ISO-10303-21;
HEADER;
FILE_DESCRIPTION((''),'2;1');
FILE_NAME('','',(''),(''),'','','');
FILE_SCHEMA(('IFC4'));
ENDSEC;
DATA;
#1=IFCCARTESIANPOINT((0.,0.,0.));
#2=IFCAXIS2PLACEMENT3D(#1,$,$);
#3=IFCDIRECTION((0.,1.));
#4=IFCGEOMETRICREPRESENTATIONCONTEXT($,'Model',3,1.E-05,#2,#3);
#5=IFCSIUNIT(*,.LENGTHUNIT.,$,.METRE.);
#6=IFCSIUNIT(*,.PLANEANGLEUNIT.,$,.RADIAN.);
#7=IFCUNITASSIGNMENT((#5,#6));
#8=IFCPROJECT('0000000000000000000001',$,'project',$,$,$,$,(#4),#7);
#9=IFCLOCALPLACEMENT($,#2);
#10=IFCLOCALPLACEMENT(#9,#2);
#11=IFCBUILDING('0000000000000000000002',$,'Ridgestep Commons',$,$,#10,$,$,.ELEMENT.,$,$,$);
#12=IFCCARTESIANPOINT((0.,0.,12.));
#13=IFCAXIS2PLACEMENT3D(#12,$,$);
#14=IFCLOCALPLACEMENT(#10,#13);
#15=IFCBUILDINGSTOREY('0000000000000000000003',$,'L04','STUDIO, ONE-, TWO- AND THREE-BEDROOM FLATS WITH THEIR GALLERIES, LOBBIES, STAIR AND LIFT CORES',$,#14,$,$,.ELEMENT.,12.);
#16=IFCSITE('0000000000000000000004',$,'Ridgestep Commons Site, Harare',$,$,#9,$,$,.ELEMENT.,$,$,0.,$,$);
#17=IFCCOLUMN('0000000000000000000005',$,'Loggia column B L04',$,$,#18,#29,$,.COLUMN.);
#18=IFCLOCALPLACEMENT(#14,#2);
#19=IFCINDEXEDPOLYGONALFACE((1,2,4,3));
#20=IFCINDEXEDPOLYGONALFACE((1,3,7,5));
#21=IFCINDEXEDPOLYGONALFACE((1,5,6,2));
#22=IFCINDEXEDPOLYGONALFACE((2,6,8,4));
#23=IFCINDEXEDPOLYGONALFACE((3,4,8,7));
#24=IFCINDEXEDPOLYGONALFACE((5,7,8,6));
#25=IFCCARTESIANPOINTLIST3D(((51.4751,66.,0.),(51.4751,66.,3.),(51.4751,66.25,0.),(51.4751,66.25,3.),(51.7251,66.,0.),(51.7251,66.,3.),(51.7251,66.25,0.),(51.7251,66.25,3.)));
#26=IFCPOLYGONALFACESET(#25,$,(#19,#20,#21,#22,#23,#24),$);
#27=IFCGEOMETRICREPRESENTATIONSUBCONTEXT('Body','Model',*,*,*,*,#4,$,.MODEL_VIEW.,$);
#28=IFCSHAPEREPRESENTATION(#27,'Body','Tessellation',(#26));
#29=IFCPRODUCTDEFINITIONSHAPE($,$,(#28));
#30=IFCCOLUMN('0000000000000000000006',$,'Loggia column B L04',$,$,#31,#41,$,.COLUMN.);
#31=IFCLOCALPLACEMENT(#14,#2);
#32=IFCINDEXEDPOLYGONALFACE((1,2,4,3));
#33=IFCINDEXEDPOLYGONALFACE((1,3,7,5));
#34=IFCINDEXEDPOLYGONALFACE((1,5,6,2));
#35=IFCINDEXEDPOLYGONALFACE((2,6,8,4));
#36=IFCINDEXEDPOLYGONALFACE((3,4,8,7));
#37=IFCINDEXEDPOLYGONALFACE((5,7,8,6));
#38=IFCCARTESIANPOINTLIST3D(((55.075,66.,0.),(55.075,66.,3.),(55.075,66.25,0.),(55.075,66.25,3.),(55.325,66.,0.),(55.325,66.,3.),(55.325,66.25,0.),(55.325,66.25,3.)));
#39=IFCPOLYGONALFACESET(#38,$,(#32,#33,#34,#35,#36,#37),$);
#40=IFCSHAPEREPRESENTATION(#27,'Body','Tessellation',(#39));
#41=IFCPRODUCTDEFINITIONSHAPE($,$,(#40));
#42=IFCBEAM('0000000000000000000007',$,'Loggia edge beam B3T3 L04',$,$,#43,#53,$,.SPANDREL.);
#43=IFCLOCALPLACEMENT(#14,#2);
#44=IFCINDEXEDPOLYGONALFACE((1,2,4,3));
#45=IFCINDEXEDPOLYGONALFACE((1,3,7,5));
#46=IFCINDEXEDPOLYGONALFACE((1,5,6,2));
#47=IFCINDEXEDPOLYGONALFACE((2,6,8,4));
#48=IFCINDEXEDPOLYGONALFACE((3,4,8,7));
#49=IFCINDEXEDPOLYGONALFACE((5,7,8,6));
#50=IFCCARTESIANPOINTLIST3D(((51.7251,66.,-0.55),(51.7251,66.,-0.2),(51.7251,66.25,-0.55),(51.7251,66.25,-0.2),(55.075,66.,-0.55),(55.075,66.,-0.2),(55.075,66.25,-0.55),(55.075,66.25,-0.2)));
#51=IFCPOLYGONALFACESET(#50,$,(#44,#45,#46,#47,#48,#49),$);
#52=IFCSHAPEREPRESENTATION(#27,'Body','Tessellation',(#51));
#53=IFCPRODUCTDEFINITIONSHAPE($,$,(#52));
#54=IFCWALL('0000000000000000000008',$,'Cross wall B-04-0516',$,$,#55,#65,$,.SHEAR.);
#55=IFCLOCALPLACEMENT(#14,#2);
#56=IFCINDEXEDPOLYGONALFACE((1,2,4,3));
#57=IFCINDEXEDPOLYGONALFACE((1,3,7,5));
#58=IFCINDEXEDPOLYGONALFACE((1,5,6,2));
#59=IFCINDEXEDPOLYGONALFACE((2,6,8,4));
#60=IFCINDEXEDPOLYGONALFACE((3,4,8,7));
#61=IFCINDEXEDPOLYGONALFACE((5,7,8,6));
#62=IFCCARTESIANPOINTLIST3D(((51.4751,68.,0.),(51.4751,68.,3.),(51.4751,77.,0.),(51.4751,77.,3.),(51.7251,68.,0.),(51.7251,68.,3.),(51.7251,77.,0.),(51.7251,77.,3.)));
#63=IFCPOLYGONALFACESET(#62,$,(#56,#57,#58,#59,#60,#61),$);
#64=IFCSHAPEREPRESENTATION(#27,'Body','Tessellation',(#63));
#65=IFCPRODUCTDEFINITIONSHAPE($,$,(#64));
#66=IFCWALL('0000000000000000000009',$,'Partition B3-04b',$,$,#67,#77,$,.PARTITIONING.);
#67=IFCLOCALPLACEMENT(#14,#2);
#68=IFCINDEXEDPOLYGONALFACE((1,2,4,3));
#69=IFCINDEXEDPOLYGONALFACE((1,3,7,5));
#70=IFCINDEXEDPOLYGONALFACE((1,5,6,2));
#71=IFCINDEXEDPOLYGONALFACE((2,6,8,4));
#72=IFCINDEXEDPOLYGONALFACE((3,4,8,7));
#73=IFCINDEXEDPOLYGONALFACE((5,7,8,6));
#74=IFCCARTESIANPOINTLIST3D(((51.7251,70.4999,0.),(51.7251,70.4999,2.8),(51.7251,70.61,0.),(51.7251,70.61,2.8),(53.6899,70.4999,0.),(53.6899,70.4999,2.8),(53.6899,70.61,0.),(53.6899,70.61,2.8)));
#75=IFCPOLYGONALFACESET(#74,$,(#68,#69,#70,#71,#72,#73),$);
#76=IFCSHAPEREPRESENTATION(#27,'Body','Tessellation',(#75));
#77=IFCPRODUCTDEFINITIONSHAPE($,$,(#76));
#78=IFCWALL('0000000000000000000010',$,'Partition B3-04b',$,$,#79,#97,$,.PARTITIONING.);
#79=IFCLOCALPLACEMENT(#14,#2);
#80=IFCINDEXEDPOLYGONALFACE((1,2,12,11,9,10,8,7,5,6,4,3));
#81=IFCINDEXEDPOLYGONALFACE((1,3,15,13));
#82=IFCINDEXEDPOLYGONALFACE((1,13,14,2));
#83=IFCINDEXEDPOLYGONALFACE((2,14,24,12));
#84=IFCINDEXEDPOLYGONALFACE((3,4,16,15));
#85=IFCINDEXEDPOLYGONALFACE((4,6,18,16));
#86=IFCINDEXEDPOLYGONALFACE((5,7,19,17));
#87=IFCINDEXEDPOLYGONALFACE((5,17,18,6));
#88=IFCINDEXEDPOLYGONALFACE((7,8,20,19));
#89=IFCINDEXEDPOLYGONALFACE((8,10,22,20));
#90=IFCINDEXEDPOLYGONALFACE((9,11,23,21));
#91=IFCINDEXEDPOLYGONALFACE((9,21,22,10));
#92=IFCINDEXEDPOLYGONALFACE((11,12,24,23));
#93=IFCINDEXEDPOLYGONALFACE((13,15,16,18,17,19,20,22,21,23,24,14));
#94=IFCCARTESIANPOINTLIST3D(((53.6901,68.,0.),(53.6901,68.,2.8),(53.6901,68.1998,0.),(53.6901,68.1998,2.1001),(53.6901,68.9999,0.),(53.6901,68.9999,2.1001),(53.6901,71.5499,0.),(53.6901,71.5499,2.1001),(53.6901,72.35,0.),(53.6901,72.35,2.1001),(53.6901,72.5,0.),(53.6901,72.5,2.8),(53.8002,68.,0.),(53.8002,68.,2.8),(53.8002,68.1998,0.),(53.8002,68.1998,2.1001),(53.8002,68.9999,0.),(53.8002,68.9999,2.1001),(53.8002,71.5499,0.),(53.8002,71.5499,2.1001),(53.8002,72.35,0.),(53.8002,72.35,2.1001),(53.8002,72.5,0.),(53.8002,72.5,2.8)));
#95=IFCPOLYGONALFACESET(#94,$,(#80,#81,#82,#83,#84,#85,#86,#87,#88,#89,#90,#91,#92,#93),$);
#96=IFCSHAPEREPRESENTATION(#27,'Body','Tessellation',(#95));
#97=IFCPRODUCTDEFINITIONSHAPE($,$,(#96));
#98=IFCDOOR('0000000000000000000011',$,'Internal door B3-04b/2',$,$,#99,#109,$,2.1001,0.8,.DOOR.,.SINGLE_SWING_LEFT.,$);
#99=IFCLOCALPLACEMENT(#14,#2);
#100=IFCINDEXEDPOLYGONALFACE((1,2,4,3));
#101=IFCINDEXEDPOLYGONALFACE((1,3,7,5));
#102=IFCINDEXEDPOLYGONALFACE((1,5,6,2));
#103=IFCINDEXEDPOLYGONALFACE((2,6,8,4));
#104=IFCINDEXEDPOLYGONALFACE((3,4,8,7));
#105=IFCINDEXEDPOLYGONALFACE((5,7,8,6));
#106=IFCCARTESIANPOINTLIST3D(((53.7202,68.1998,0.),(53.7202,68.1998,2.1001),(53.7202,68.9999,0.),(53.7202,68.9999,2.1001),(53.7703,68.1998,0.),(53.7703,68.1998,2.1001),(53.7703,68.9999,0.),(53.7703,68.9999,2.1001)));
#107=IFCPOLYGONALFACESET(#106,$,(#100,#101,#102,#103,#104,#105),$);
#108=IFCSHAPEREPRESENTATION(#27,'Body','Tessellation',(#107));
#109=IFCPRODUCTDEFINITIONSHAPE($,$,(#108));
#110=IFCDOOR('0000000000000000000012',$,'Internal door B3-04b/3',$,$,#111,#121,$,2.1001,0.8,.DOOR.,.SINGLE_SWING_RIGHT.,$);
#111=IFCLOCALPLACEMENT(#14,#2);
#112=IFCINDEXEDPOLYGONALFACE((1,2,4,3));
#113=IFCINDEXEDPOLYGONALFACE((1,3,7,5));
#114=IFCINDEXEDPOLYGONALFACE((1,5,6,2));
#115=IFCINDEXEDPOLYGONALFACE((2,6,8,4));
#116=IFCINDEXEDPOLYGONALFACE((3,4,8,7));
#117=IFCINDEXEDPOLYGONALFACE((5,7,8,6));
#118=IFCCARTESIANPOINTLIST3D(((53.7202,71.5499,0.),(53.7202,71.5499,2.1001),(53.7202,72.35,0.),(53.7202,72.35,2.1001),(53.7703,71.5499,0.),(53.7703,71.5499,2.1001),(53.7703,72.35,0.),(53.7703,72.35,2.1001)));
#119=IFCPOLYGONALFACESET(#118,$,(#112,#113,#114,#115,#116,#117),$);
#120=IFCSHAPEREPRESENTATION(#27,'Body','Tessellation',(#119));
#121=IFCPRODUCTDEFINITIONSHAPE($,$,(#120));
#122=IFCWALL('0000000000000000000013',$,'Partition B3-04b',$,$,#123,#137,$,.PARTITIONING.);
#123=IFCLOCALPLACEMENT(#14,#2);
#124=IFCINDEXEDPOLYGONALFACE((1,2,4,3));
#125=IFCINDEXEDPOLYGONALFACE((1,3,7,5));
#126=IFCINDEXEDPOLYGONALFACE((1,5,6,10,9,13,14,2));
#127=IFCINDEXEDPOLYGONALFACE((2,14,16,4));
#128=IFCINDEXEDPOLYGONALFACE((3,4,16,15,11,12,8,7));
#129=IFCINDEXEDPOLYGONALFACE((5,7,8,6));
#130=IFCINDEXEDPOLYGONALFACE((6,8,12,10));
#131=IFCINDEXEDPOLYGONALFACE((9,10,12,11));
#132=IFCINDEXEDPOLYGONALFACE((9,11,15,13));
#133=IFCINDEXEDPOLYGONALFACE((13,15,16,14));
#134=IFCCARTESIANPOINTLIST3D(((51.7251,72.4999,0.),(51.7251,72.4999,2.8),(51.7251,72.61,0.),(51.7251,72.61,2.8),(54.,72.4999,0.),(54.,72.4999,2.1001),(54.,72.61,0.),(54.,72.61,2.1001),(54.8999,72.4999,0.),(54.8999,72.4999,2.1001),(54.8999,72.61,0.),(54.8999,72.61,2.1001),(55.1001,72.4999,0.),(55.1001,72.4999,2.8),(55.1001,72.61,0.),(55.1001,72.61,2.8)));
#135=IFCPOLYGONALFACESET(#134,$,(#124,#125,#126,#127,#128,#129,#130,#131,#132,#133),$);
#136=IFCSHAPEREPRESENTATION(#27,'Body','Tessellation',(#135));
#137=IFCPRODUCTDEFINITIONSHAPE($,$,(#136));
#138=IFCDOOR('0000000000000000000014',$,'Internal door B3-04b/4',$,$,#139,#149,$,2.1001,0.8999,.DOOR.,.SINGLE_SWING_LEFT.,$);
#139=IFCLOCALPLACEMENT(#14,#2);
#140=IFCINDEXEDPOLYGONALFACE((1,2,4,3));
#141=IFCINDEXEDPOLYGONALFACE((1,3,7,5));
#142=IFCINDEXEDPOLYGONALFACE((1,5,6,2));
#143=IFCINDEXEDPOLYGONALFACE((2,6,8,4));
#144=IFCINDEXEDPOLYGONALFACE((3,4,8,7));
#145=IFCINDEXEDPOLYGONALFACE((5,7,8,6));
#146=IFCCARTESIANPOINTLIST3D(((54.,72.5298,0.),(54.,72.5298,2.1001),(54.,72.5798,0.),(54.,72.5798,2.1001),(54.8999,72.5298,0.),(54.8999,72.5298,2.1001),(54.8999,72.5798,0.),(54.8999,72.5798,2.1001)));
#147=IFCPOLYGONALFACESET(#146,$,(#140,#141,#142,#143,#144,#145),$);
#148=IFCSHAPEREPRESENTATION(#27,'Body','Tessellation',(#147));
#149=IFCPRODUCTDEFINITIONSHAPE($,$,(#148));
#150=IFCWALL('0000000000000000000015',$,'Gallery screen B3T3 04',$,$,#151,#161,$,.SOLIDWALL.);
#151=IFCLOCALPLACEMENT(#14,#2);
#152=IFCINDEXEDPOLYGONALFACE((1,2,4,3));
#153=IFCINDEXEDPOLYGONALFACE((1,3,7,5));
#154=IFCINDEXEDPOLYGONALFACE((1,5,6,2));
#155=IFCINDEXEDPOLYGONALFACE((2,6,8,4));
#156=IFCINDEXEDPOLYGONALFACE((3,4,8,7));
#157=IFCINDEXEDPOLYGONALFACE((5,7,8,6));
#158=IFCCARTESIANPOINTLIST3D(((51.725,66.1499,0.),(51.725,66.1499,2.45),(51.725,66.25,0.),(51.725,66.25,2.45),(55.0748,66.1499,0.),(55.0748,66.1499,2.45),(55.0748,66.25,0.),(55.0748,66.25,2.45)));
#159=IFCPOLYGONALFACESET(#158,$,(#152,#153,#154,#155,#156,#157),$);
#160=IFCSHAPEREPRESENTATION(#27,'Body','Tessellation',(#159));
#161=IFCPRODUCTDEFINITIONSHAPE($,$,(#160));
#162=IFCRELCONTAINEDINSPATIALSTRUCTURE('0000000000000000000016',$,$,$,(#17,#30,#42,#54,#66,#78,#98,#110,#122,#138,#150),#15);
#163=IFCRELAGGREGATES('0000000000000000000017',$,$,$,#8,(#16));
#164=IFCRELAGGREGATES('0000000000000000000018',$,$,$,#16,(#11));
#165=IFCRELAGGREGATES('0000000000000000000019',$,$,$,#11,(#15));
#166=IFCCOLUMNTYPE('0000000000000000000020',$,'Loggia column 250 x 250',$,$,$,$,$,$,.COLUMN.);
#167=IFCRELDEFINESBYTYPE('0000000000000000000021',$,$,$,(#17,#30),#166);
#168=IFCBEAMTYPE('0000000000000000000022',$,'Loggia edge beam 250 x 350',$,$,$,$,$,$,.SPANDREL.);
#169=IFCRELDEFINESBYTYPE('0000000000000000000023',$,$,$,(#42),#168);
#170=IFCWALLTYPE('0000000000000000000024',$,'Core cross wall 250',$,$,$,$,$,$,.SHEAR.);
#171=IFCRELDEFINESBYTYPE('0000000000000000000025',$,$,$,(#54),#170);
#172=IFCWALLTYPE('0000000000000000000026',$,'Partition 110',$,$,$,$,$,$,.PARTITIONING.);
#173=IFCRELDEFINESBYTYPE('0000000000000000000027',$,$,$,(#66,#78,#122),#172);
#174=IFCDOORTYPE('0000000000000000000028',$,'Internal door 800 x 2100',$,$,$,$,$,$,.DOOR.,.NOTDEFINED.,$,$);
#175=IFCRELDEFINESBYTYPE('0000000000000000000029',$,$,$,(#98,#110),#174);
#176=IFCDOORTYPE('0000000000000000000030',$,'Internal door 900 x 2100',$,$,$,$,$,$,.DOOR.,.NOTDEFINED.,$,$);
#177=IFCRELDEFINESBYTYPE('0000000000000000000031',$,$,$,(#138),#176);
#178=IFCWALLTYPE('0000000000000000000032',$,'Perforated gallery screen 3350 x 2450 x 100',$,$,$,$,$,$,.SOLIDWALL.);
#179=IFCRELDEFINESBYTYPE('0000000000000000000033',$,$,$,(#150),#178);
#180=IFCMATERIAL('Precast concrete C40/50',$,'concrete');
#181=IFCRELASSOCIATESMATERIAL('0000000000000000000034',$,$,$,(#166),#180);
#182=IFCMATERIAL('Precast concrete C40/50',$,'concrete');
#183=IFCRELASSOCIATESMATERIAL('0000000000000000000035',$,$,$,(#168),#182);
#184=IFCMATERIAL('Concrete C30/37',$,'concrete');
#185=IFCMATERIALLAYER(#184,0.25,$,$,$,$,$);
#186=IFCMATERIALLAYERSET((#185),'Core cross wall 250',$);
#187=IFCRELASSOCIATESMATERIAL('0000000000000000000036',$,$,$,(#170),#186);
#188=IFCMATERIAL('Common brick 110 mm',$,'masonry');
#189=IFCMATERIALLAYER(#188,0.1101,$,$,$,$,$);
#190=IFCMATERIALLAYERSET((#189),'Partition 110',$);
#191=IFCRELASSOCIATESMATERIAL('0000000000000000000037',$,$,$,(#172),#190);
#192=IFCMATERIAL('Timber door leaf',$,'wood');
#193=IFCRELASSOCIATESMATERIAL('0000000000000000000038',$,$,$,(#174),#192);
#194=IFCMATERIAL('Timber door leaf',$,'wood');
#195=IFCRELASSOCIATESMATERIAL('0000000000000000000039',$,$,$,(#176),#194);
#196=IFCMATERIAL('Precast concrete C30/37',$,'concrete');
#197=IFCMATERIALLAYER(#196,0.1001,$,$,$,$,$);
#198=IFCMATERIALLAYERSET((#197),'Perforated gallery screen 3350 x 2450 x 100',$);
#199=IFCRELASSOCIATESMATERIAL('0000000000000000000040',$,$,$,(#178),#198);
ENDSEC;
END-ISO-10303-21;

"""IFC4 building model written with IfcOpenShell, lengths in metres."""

from ifc_helpers import new_model, si_unit, direction, frame, frame_2d, origin, origin_2d, place, context, subcontext, project, spatial, rectangle, extrude, material, layer, layer_set, material_profile, profile_set, type_object, element, fill, save


model = new_model("IFC4")

# Units and contexts
model_context = context("Model", 3, precision=1e-05, world=origin(), true_north=direction((0.0, 1.0)))
body_context = subcontext(model_context, "Body", "Model", "MODEL_VIEW")
ifc_project = project(units=[si_unit("LENGTHUNIT", "METRE"), si_unit("PLANEANGLEUNIT", "RADIAN")], contexts=[model_context])

# Site, building, storey
site_placement = place(None, origin())
site = spatial("IfcSite", under=ifc_project, at=site_placement, Name="Ridgestep Commons Site, Harare", CompositionType="ELEMENT", RefElevation=0.0)
building_placement = place(site_placement, origin())
building = spatial("IfcBuilding", under=site, at=building_placement, Name="Ridgestep Commons", CompositionType="ELEMENT")
storey_placement = place(building_placement, frame((0.0, 0.0, 12.0)))
storey = spatial("IfcBuildingStorey", under=building, at=storey_placement, Name="L04", Description="STUDIO, ONE-, TWO- AND THREE-BEDROOM FLATS WITH THEIR GALLERIES, LOBBIES, STAIR AND LIFT CORES", CompositionType="ELEMENT", Elevation=12.0)

# Columns
ifc_material_1 = material(Name="Precast concrete C40/50", Category="concrete")
ifc_material_profile_1 = material_profile(ifc_material_1, rectangle(XDim=0.25, YDim=0.25, at=origin_2d()), Name="PC 250x250")
ifc_profile_set_1 = profile_set([ifc_material_profile_1], Name="Precast concrete C40/50")
column_type = type_object("IfcColumnType", Name="Loggia column 250 x 250", PredefinedType="COLUMN", material=ifc_profile_set_1)
for number, where, z_axis, x_axis, name in (
    (1, (51.6001, 66.125, 0.0), (0.0, 0.0, 1.0), (1.0, 0.0, 0.0), "Loggia column B L04"),
    (2, (55.2, 66.125, 0.0), (0.0, 0.0, 1.0), (1.0, 0.0, 0.0), "Loggia column B L04"),
):
    element("IfcColumn", number, at=place(storey_placement, frame(where, z_axis=z_axis, x_axis=x_axis)), inside=storey, type_object=column_type, Name=name, PredefinedType="COLUMN", context=body_context, shape_type="SweptSolid", body=[
        extrude(rectangle(XDim=0.25, YDim=0.25, at=origin_2d()), origin(), (0.0, 0.0, 1.0), 3.0),
    ])

# Beam
ifc_material_2 = material(Name="Precast concrete C40/50", Category="concrete")
ifc_material_profile_2 = material_profile(ifc_material_2, rectangle(XDim=0.25, YDim=0.3501, at=origin_2d()), Name="PC 250x350")
ifc_profile_set_2 = profile_set([ifc_material_profile_2], Name="Precast concrete C40/50")
beam_type = type_object("IfcBeamType", Name="Loggia edge beam 250 x 350", PredefinedType="SPANDREL", material=ifc_profile_set_2)
beam_placement = place(storey_placement, frame((51.7251, 66.125, -0.375), z_axis=(1.0, 0.0, 0.0), x_axis=(0.0, 1.0, 0.0)))
element("IfcBeam", 3, at=beam_placement, inside=storey, type_object=beam_type, Name="Loggia edge beam B3T3 L04", PredefinedType="SPANDREL", context=body_context, shape_type="SweptSolid", body=[
    extrude(rectangle(XDim=0.25, YDim=0.3501, at=origin_2d()), origin(), (0.0, 0.0, 1.0), 3.3499),
])

# Walls
ifc_material_3 = material(Name="Concrete C30/37", Category="concrete")
ifc_layer_1 = layer(ifc_material_3, 0.25)
ifc_layer_set_1 = layer_set([ifc_layer_1], Name="Core cross wall 250")
wall_type_1 = type_object("IfcWallType", Name="Core cross wall 250", PredefinedType="SHEAR", material=ifc_layer_set_1)
wall_1_placement = place(storey_placement, frame((51.6001, 68.0, 0.0), z_axis=(0.0, 0.0, 1.0), x_axis=(0.0, 1.0, 0.0)))
element("IfcWall", 4, at=wall_1_placement, inside=storey, type_object=wall_type_1, Name="Cross wall B-04-0516", PredefinedType="SHEAR", context=body_context, shape_type="SweptSolid", body=[
    extrude(rectangle(XDim=9.0, YDim=0.25, at=frame_2d((4.5, 0.0))), origin(), (0.0, 0.0, 1.0), 3.0),
])
ifc_material_4 = material(Name="Common brick 110 mm", Category="masonry")
ifc_layer_2 = layer(ifc_material_4, 0.1101)
ifc_layer_set_2 = layer_set([ifc_layer_2], Name="Partition 110")
wall_type_2 = type_object("IfcWallType", Name="Partition 110", PredefinedType="PARTITIONING", material=ifc_layer_set_2)
wall_2_placement = place(storey_placement, frame((51.7251, 70.5549, 0.0), z_axis=(0.0, 0.0, 1.0), x_axis=(1.0, 0.0, 0.0)))
element("IfcWall", 5, at=wall_2_placement, inside=storey, type_object=wall_type_2, Name="Partition B3-04b", PredefinedType="PARTITIONING", context=body_context, shape_type="SweptSolid", body=[
    extrude(rectangle(XDim=1.9648, YDim=0.1101, at=frame_2d((0.9824, 0.0))), origin(), (0.0, 0.0, 1.0), 2.8),
])

# Wall, openings, doors
wall_3_placement = place(storey_placement, frame((53.7451, 68.0, 0.0), z_axis=(0.0, 0.0, 1.0), x_axis=(0.0, 1.0, 0.0)))
wall_3 = element("IfcWall", 6, at=wall_3_placement, inside=storey, type_object=wall_type_2, Name="Partition B3-04b", PredefinedType="PARTITIONING", context=body_context, shape_type="SweptSolid", body=[
    extrude(rectangle(XDim=4.5, YDim=0.1101, at=frame_2d((2.25, 0.0))), origin(), (0.0, 0.0, 1.0), 2.8),
])
opening_1_placement = place(wall_3_placement, frame((0.2, 0.0, 0.0)))
opening_1 = element("IfcOpeningElement", 7, at=opening_1_placement, cuts=wall_3, PredefinedType="OPENING", context=body_context, shape_type="SweptSolid", body=[
    extrude(rectangle(XDim=0.8, YDim=2.1001, at=frame_2d((0.3999, 1.05))), frame((0.0, 0.0649, 0.0), z_axis=(0.0, -1.0, 0.0), x_axis=(1.0, 0.0, 0.0)), (0.0, 0.0, 1.0), 0.1301),
])
opening_2_placement = place(wall_3_placement, frame((3.55, 0.0, 0.0)))
opening_2 = element("IfcOpeningElement", 8, at=opening_2_placement, cuts=wall_3, PredefinedType="OPENING", context=body_context, shape_type="SweptSolid", body=[
    extrude(rectangle(XDim=0.8, YDim=2.1001, at=frame_2d((0.3999, 1.05))), frame((0.0, 0.0649, 0.0), z_axis=(0.0, -1.0, 0.0), x_axis=(1.0, 0.0, 0.0)), (0.0, 0.0, 1.0), 0.1301),
])
ifc_material_5 = material(Name="Timber door leaf", Category="wood")
door_type_1 = type_object("IfcDoorType", Name="Internal door 800 x 2100", OperationType="NOTDEFINED", PredefinedType="DOOR", material=ifc_material_5)
door_1_placement = place(opening_1_placement, origin())
door_1 = element("IfcDoor", 9, at=door_1_placement, inside=storey, type_object=door_type_1, Name="Internal door B3-04b/2", OperationType="SINGLE_SWING_LEFT", OverallHeight=2.1001, OverallWidth=0.8, PredefinedType="DOOR", context=body_context, shape_type="SweptSolid", body=[
    extrude(rectangle(XDim=0.8, YDim=2.1001, at=frame_2d((0.3999, 1.05))), frame((0.0, 0.0249, 0.0), z_axis=(0.0, -1.0, 0.0), x_axis=(1.0, 0.0, 0.0)), (0.0, 0.0, 1.0), 0.05),
])
fill(opening_1, door_1)
door_2_placement = place(opening_2_placement, origin())
door_2 = element("IfcDoor", 10, at=door_2_placement, inside=storey, type_object=door_type_1, Name="Internal door B3-04b/3", OperationType="SINGLE_SWING_RIGHT", OverallHeight=2.1001, OverallWidth=0.8, PredefinedType="DOOR", context=body_context, shape_type="SweptSolid", body=[
    extrude(rectangle(XDim=0.8, YDim=2.1001, at=frame_2d((0.3999, 1.05))), frame((0.0, 0.0249, 0.0), z_axis=(0.0, -1.0, 0.0), x_axis=(1.0, 0.0, 0.0)), (0.0, 0.0, 1.0), 0.05),
])
fill(opening_2, door_2)

# Wall, opening, door
wall_4_placement = place(storey_placement, frame((51.7251, 72.5549, 0.0), z_axis=(0.0, 0.0, 1.0), x_axis=(1.0, 0.0, 0.0)))
wall_4 = element("IfcWall", 11, at=wall_4_placement, inside=storey, type_object=wall_type_2, Name="Partition B3-04b", PredefinedType="PARTITIONING", context=body_context, shape_type="SweptSolid", body=[
    extrude(rectangle(XDim=3.375, YDim=0.1101, at=frame_2d((1.6875, 0.0))), origin(), (0.0, 0.0, 1.0), 2.8),
])
opening_3_placement = place(wall_4_placement, frame((2.2749, 0.0, 0.0)))
opening_3 = element("IfcOpeningElement", 12, at=opening_3_placement, cuts=wall_4, PredefinedType="OPENING", context=body_context, shape_type="SweptSolid", body=[
    extrude(rectangle(XDim=0.8999, YDim=2.1001, at=frame_2d((0.45, 1.05))), frame((0.0, 0.0649, 0.0), z_axis=(0.0, -1.0, 0.0), x_axis=(1.0, 0.0, 0.0)), (0.0, 0.0, 1.0), 0.1301),
])
ifc_material_6 = material(Name="Timber door leaf", Category="wood")
door_type_2 = type_object("IfcDoorType", Name="Internal door 900 x 2100", OperationType="NOTDEFINED", PredefinedType="DOOR", material=ifc_material_6)
door_3_placement = place(opening_3_placement, origin())
door_3 = element("IfcDoor", 13, at=door_3_placement, inside=storey, type_object=door_type_2, Name="Internal door B3-04b/4", OperationType="SINGLE_SWING_LEFT", OverallHeight=2.1001, OverallWidth=0.8999, PredefinedType="DOOR", context=body_context, shape_type="SweptSolid", body=[
    extrude(rectangle(XDim=0.8999, YDim=2.1001, at=frame_2d((0.45, 1.05))), frame((0.0, 0.0249, 0.0), z_axis=(0.0, -1.0, 0.0), x_axis=(1.0, 0.0, 0.0)), (0.0, 0.0, 1.0), 0.05),
])
fill(opening_3, door_3)

# Wall
ifc_material_7 = material(Name="Precast concrete C30/37", Category="concrete")
ifc_layer_3 = layer(ifc_material_7, 0.1001)
ifc_layer_set_3 = layer_set([ifc_layer_3], Name="Perforated gallery screen 3350 x 2450 x 100")
wall_type_3 = type_object("IfcWallType", Name="Perforated gallery screen 3350 x 2450 x 100", PredefinedType="SOLIDWALL", material=ifc_layer_set_3)
wall_5_placement = place(storey_placement, frame((51.7251, 66.2, 0.0), z_axis=(0.0, 0.0, 1.0), x_axis=(1.0, 0.0, 0.0)))
element("IfcWall", 14, at=wall_5_placement, inside=storey, type_object=wall_type_3, Name="Gallery screen B3T3 04", PredefinedType="SOLIDWALL", context=body_context, shape_type="SweptSolid", body=[
    extrude(rectangle(XDim=3.3499, YDim=0.1001, at=frame_2d((1.6748, 0.0))), origin(), (0.0, 0.0, 1.0), 2.45),
])

save(model, "model.ifc")
